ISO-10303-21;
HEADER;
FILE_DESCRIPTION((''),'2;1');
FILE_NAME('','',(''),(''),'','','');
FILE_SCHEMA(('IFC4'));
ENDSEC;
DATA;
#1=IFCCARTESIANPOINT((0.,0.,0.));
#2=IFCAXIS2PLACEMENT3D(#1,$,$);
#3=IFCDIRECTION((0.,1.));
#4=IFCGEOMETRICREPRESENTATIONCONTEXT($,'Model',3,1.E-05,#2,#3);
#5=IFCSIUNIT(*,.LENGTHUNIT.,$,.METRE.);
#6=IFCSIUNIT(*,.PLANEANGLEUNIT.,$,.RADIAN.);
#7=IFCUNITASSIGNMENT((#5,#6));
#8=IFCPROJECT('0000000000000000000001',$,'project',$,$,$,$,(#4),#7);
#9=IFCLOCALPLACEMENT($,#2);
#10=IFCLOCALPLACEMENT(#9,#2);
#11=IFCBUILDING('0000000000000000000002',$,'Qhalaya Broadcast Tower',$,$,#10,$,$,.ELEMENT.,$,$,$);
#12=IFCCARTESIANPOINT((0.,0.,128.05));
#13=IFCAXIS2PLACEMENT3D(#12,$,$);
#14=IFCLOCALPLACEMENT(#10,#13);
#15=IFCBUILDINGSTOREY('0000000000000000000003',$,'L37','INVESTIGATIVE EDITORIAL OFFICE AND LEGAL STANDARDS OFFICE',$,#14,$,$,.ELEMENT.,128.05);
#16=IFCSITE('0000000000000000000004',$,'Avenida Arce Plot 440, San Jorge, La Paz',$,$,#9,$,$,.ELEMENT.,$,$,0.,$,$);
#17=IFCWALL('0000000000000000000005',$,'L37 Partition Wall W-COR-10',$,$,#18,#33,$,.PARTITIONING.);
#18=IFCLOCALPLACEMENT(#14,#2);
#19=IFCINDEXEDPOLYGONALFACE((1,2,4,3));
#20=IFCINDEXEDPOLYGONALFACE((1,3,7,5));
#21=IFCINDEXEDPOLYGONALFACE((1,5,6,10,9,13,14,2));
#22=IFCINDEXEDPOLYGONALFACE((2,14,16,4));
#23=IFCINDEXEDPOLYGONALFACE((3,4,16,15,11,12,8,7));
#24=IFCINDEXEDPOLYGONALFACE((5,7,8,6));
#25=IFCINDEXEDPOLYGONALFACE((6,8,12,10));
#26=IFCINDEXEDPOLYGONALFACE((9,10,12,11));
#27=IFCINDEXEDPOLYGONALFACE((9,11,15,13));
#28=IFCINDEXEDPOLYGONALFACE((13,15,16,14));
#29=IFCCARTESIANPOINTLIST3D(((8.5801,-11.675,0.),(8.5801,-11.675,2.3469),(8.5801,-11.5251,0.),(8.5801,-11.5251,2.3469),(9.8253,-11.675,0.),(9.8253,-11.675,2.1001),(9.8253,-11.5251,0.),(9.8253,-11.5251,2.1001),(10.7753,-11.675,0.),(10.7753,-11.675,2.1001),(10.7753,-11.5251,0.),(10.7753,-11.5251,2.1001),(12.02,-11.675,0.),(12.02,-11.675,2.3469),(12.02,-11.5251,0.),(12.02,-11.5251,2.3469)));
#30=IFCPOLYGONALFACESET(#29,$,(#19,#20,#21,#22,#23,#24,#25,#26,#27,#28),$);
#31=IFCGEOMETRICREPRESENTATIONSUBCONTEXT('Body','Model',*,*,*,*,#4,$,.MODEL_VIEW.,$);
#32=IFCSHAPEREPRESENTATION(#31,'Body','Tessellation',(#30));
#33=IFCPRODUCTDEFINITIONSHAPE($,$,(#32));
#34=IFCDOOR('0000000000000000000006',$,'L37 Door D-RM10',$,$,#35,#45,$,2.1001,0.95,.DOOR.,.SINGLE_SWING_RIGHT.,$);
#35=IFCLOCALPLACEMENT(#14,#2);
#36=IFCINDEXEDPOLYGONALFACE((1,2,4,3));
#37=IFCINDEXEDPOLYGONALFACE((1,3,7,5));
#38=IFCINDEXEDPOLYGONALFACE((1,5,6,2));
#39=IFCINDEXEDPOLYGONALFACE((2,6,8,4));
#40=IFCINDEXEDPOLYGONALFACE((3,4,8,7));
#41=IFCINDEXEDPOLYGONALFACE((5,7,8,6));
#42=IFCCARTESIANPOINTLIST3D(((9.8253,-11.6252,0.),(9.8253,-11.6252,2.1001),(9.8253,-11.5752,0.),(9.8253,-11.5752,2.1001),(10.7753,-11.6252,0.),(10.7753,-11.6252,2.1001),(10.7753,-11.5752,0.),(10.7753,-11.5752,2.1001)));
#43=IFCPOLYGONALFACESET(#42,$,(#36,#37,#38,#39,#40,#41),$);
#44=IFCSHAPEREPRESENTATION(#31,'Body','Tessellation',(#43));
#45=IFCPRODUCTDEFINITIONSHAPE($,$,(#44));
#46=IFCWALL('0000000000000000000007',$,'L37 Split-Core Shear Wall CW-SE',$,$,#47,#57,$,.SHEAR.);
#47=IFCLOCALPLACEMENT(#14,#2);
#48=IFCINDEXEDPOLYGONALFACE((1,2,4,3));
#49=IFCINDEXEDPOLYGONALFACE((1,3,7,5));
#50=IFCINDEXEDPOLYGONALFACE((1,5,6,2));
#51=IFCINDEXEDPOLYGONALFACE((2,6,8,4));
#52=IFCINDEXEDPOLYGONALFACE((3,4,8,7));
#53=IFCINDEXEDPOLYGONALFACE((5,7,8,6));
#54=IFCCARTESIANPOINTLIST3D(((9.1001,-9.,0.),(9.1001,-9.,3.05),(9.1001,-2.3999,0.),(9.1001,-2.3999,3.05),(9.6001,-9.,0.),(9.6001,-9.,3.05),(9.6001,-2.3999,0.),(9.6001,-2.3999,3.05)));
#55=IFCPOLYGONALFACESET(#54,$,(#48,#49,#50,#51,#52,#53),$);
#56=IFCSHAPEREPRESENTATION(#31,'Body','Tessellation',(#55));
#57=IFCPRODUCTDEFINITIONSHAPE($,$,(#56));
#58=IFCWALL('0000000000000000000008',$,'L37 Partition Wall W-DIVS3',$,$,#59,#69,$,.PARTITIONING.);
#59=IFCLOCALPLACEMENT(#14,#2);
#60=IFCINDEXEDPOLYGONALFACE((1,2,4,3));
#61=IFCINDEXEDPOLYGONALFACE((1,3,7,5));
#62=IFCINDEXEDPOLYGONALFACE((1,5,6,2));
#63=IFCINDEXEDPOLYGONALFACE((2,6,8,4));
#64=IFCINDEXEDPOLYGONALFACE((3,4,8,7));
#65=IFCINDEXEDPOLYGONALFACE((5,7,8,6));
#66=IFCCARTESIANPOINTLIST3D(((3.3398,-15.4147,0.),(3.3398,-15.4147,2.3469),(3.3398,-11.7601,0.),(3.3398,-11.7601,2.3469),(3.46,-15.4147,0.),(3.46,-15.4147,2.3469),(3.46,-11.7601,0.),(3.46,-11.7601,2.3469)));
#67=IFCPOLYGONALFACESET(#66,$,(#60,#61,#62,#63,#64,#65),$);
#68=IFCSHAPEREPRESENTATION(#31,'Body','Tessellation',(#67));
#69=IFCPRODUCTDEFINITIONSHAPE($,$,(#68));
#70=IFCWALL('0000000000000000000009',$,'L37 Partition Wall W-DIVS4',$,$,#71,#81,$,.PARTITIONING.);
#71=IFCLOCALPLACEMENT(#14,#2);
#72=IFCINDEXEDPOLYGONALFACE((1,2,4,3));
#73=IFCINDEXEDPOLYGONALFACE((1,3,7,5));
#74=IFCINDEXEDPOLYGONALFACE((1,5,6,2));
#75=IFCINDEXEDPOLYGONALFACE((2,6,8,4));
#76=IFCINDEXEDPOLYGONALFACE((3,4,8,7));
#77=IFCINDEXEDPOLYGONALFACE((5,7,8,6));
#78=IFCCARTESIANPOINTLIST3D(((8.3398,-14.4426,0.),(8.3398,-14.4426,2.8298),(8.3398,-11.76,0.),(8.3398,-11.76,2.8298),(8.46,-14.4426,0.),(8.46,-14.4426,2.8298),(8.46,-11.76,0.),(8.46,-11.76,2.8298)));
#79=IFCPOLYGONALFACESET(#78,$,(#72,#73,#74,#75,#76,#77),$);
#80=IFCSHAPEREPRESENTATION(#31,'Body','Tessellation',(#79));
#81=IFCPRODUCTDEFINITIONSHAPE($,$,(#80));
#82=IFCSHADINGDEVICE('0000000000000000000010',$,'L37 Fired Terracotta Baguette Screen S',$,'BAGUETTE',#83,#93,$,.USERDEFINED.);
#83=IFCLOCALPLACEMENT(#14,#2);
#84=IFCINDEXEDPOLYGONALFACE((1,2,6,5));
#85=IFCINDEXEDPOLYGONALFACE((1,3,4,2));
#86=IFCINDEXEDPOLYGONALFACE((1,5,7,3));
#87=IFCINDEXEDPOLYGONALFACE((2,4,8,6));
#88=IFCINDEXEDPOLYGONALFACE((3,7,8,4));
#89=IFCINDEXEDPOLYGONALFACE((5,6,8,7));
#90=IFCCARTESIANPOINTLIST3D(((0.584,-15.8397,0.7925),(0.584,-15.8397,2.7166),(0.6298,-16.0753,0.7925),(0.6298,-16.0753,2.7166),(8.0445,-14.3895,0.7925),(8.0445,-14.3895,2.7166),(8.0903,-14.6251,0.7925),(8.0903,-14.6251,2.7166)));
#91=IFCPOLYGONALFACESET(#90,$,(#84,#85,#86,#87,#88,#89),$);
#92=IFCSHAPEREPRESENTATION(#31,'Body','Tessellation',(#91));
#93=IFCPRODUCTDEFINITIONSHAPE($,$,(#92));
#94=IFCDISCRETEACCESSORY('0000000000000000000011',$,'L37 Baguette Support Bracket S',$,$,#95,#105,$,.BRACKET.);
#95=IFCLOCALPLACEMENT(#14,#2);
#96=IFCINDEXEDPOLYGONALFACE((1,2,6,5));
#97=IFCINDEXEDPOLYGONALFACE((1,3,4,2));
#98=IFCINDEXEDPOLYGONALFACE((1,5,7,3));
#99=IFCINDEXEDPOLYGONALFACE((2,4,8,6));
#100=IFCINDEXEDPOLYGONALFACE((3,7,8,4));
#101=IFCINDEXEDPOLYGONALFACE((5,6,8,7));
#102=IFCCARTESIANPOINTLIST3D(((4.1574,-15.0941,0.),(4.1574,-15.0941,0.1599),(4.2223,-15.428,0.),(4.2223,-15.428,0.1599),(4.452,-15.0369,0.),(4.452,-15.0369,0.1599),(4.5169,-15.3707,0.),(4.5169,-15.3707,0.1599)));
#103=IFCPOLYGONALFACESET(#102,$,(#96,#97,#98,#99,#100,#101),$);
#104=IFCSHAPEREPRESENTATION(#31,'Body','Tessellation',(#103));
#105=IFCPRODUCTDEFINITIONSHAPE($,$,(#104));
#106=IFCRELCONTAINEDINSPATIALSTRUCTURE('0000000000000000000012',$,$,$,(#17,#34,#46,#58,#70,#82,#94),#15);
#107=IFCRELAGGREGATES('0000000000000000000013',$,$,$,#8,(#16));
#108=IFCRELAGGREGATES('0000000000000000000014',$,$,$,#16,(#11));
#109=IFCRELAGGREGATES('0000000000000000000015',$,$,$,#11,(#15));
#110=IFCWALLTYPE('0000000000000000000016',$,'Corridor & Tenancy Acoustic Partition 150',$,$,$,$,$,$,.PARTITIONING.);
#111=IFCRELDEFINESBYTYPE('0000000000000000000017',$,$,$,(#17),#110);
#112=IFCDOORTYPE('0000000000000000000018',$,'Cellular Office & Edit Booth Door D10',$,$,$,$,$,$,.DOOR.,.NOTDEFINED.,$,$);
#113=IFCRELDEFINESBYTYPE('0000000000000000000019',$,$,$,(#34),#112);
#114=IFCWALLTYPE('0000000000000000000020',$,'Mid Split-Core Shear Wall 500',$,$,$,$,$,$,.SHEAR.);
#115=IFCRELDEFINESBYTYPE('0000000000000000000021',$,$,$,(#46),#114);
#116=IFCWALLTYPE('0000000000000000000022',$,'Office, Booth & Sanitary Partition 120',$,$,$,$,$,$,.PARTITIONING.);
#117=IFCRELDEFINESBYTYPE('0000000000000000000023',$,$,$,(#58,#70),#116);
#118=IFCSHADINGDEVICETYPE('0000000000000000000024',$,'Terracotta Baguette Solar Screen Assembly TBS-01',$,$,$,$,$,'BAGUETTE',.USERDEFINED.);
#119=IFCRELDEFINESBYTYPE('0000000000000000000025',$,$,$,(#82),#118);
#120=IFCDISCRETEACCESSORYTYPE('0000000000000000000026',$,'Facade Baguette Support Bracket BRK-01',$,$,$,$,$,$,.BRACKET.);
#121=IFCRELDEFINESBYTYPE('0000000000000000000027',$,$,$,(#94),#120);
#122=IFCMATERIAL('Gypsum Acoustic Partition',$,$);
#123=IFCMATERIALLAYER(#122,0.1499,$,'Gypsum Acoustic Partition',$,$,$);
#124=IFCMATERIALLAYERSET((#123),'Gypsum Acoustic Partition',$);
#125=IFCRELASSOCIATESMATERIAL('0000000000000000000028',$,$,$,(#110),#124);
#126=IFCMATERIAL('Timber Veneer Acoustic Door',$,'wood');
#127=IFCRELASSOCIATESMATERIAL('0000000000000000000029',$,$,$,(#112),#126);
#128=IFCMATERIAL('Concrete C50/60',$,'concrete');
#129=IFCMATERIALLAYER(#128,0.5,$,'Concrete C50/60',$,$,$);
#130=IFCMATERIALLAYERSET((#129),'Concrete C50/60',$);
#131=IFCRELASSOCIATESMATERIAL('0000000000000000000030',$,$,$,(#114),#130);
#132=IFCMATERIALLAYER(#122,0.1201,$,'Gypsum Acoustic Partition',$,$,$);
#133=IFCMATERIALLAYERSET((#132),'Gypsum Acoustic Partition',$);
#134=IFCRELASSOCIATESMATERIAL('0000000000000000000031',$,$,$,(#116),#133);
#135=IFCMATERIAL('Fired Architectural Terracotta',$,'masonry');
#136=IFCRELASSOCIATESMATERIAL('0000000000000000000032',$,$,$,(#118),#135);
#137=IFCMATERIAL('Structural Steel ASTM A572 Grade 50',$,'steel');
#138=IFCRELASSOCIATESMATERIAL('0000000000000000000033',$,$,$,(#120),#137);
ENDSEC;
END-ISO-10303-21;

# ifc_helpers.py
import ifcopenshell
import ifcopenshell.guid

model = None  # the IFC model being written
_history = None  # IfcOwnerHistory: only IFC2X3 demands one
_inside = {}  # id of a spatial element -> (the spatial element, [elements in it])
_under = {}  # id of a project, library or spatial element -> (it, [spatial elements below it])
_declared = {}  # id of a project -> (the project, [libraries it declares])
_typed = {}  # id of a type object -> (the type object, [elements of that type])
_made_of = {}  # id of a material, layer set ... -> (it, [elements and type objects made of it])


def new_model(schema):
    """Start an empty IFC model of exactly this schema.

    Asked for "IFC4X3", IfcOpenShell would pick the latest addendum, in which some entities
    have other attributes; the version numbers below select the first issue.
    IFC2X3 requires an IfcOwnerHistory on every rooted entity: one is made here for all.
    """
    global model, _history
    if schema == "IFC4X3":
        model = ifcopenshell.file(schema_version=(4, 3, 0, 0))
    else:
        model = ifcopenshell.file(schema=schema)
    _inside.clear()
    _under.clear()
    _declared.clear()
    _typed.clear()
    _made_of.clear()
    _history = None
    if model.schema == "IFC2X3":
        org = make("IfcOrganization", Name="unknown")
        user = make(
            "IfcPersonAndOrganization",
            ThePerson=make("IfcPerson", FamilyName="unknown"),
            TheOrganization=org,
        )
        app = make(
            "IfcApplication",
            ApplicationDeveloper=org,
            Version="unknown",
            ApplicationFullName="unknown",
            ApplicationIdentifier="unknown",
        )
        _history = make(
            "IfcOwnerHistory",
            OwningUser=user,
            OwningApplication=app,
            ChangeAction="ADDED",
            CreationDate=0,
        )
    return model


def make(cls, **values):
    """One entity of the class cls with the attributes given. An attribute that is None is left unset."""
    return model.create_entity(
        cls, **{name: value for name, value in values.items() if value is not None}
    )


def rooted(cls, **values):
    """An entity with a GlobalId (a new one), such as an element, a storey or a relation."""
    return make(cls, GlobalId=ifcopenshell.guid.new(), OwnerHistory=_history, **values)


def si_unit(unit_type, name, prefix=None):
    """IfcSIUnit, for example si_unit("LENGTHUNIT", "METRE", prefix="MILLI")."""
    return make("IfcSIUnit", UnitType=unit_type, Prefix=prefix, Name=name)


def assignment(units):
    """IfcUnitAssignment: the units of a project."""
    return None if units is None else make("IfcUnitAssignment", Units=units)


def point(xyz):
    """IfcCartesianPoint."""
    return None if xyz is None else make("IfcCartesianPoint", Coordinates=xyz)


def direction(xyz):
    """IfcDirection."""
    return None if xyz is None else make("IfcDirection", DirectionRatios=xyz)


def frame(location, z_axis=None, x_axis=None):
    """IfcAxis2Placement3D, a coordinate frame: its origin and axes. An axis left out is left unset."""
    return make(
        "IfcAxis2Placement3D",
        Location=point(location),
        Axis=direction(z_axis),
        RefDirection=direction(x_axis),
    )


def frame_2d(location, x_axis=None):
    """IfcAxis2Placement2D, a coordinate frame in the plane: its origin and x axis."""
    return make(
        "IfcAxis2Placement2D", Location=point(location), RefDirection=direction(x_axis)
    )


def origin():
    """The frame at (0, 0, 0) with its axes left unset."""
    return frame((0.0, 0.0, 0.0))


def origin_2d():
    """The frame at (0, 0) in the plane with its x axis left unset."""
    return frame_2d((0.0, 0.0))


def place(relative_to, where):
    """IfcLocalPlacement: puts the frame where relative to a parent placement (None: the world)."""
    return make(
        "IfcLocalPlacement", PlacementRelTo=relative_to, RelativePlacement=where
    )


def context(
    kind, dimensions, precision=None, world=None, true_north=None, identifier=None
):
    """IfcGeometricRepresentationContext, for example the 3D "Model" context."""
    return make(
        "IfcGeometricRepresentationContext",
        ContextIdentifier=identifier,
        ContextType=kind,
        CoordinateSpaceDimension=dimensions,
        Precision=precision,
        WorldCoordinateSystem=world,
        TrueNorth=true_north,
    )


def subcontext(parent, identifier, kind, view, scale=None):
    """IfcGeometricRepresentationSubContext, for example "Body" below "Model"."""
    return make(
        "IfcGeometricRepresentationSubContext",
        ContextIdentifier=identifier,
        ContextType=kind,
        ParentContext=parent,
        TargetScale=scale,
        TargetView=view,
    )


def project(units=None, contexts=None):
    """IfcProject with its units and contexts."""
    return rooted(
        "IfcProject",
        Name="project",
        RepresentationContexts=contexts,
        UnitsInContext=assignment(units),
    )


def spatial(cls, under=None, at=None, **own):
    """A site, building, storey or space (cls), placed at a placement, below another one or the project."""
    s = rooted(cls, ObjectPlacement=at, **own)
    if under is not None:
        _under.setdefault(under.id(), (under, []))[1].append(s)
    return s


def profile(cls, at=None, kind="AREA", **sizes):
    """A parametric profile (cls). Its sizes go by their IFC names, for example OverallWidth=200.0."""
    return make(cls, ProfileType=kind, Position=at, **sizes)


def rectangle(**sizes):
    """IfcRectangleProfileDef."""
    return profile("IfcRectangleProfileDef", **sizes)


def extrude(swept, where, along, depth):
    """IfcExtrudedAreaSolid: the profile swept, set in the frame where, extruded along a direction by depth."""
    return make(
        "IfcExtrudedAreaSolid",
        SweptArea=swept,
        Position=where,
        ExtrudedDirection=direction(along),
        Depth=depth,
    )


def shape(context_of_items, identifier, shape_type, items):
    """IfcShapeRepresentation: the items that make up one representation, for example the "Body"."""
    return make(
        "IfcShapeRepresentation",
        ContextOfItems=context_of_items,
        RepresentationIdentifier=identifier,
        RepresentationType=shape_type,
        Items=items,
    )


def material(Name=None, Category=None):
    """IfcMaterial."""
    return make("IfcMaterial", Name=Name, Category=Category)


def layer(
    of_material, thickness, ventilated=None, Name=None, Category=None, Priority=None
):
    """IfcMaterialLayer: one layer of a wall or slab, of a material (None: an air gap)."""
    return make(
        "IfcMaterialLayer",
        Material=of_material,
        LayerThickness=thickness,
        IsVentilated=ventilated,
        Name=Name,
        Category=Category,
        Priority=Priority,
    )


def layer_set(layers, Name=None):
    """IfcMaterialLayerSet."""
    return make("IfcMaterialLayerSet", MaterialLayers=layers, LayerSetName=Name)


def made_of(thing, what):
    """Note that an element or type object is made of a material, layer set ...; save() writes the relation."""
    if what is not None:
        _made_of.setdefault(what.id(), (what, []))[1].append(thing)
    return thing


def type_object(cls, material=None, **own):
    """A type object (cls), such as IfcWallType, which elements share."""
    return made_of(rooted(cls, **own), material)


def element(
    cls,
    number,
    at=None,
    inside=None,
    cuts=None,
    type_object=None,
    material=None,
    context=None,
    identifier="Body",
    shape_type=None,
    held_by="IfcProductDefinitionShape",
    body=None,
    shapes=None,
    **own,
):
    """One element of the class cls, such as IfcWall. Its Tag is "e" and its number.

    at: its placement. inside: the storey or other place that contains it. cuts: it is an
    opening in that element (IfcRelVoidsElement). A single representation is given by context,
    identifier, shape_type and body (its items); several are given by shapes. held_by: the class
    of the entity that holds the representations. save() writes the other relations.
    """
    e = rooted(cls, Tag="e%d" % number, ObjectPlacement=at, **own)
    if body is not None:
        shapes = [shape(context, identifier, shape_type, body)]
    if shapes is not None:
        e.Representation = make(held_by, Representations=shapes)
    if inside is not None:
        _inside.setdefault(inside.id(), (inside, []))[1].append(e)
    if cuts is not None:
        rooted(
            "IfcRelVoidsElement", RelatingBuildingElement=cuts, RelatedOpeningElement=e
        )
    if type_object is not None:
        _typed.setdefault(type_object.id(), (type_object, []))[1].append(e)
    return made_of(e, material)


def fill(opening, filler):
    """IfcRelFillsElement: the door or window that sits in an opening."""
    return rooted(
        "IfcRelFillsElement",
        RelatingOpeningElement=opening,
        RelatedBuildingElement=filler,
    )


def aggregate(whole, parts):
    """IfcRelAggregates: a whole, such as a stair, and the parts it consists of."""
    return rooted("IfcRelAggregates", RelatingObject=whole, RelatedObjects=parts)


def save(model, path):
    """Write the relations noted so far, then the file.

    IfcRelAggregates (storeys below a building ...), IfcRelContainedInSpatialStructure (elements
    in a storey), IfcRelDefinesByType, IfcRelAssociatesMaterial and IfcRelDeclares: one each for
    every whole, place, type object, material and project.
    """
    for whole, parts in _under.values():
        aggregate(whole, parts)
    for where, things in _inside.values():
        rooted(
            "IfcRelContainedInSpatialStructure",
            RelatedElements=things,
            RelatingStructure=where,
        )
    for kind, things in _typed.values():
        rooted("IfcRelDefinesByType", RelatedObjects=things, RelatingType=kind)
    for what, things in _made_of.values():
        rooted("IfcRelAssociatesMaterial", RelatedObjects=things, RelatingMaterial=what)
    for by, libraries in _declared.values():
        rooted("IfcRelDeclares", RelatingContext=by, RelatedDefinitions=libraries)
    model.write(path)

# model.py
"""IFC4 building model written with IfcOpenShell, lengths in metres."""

from ifc_helpers import new_model, si_unit, direction, frame, frame_2d, origin, origin_2d, place, context, subcontext, project, spatial, rectangle, extrude, material, layer, layer_set, type_object, element, fill, save


model = new_model("IFC4")

# Units and contexts
model_context = context("Model", 3, precision=1e-05, world=origin(), true_north=direction((0.0, 1.0)))
body_context = subcontext(model_context, "Body", "Model", "MODEL_VIEW")
ifc_project = project(units=[si_unit("LENGTHUNIT", "METRE"), si_unit("PLANEANGLEUNIT", "RADIAN")], contexts=[model_context])

# Site, building, storey
site_placement = place(None, origin())
site = spatial("IfcSite", under=ifc_project, at=site_placement, Name="Avenida Arce Plot 440, San Jorge, La Paz", CompositionType="ELEMENT", RefElevation=0.0)
building_placement = place(site_placement, origin())
building = spatial("IfcBuilding", under=site, at=building_placement, Name="Qhalaya Broadcast Tower", CompositionType="ELEMENT")
storey_placement = place(building_placement, frame((0.0, 0.0, 128.05)))
storey = spatial("IfcBuildingStorey", under=building, at=storey_placement, Name="L37", Description="INVESTIGATIVE EDITORIAL OFFICE AND LEGAL STANDARDS OFFICE", CompositionType="ELEMENT", Elevation=128.05)

# Wall, opening, door
ifc_material_1 = material(Name="Gypsum Acoustic Partition")
ifc_layer_1 = layer(ifc_material_1, 0.1499, Name="Gypsum Acoustic Partition")
ifc_layer_set_1 = layer_set([ifc_layer_1], Name="Gypsum Acoustic Partition")
wall_type_1 = type_object("IfcWallType", Name="Corridor & Tenancy Acoustic Partition 150", PredefinedType="PARTITIONING", material=ifc_layer_set_1)
ifc_material_2 = material(Name="Timber Veneer Acoustic Door", Category="wood")
door_type = type_object("IfcDoorType", Name="Cellular Office & Edit Booth Door D10", OperationType="NOTDEFINED", PredefinedType="DOOR", material=ifc_material_2)
wall_1_placement = place(storey_placement, frame((8.5801, -11.6001, 0.0), z_axis=(0.0, 0.0, 1.0), x_axis=(1.0, 0.0, 0.0)))
wall_1 = element("IfcWall", 1, at=wall_1_placement, inside=storey, type_object=wall_type_1, Name="L37 Partition Wall W-COR-10", PredefinedType="PARTITIONING", context=body_context, shape_type="SweptSolid", body=[
    extrude(rectangle(XDim=3.4399, YDim=0.1499, at=frame_2d((1.72, 0.0))), origin(), (0.0, 0.0, 1.0), 2.3469),
])
opening_1_placement = place(wall_1_placement, frame((1.2451, 0.0, 0.0)))
opening_1 = element("IfcOpeningElement", 2, at=opening_1_placement, cuts=wall_1, PredefinedType="OPENING", context=body_context, shape_type="SweptSolid", body=[
    extrude(rectangle(XDim=0.95, YDim=2.1001, at=frame_2d((0.4751, 1.05))), frame((0.0, 0.0869, 0.0), z_axis=(0.0, -1.0, 0.0), x_axis=(1.0, 0.0, 0.0)), (0.0, 0.0, 1.0), 0.1738),
])
door_1_placement = place(opening_1_placement, origin())
door_1 = element("IfcDoor", 3, at=door_1_placement, inside=storey, type_object=door_type, Name="L37 Door D-RM10", OperationType="SINGLE_SWING_RIGHT", OverallHeight=2.1001, OverallWidth=0.95, PredefinedType="DOOR", context=body_context, shape_type="SweptSolid", body=[
    extrude(rectangle(XDim=0.95, YDim=2.1001, at=frame_2d((0.4751, 1.05))), frame((0.0, 0.0249, 0.0), z_axis=(0.0, -1.0, 0.0), x_axis=(1.0, 0.0, 0.0)), (0.0, 0.0, 1.0), 0.05),
])
fill(opening_1, door_1)

# Walls
ifc_material_3 = material(Name="Concrete C50/60", Category="concrete")
ifc_layer_2 = layer(ifc_material_3, 0.5, Name="Concrete C50/60")
ifc_layer_set_2 = layer_set([ifc_layer_2], Name="Concrete C50/60")
wall_type_2 = type_object("IfcWallType", Name="Mid Split-Core Shear Wall 500", PredefinedType="SHEAR", material=ifc_layer_set_2)
wall_2_placement = place(storey_placement, frame((9.3501, -9.0, 0.0), z_axis=(0.0, 0.0, 1.0), x_axis=(0.0, 1.0, 0.0)))
element("IfcWall", 4, at=wall_2_placement, inside=storey, type_object=wall_type_2, Name="L37 Split-Core Shear Wall CW-SE", PredefinedType="SHEAR", context=body_context, shape_type="SweptSolid", body=[
    extrude(rectangle(XDim=6.6001, YDim=0.5, at=frame_2d((3.3, 0.0))), origin(), (0.0, 0.0, 1.0), 3.05),
])
ifc_layer_3 = layer(ifc_material_1, 0.1201, Name="Gypsum Acoustic Partition")
ifc_layer_set_3 = layer_set([ifc_layer_3], Name="Gypsum Acoustic Partition")
wall_type_3 = type_object("IfcWallType", Name="Office, Booth & Sanitary Partition 120", PredefinedType="PARTITIONING", material=ifc_layer_set_3)
wall_3_placement = place(storey_placement, frame((3.3999, -15.4146, 0.0), z_axis=(0.0, 0.0, 1.0), x_axis=(0.0, 1.0, 0.0)))
element("IfcWall", 5, at=wall_3_placement, inside=storey, type_object=wall_type_3, Name="L37 Partition Wall W-DIVS3", PredefinedType="PARTITIONING", context=body_context, shape_type="SweptSolid", body=[
    extrude(rectangle(XDim=3.6545, YDim=0.1201, at=frame_2d((1.8271, 0.0))), origin(), (0.0, 0.0, 1.0), 2.3469),
])
wall_4_placement = place(storey_placement, frame((8.3999, -14.4426, 0.0), z_axis=(0.0, 0.0, 1.0), x_axis=(0.0, 1.0, 0.0)))
element("IfcWall", 6, at=wall_4_placement, inside=storey, type_object=wall_type_3, Name="L37 Partition Wall W-DIVS4", PredefinedType="PARTITIONING", context=body_context, shape_type="SweptSolid", body=[
    extrude(rectangle(XDim=2.6826, YDim=0.1201, at=frame_2d((1.3413, 0.0))), origin(), (0.0, 0.0, 1.0), 2.8298),
])

# Shading device
ifc_material_4 = material(Name="Fired Architectural Terracotta", Category="masonry")
shading_device_type = type_object("IfcShadingDeviceType", Name="Terracotta Baguette Solar Screen Assembly TBS-01", ElementType="BAGUETTE", PredefinedType="USERDEFINED", material=ifc_material_4)
shading_device_placement = place(storey_placement, frame((4.3372, -15.2324, 0.7925), z_axis=(0.0, 0.0, 1.0), x_axis=(0.981627, 0.190809, 0.0)))
element("IfcShadingDevice", 7, at=shading_device_placement, inside=storey, type_object=shading_device_type, Name="L37 Fired Terracotta Baguette Screen S", ObjectType="BAGUETTE", PredefinedType="USERDEFINED", context=body_context, shape_type="SweptSolid", body=[
    extrude(rectangle(XDim=7.6001, YDim=0.24, at=origin_2d()), origin(), (0.0, 0.0, 1.0), 1.9241),
])

# Discrete accessory
ifc_material_5 = material(Name="Structural Steel ASTM A572 Grade 50", Category="steel")
discrete_accessory_type = type_object("IfcDiscreteAccessoryType", Name="Facade Baguette Support Bracket BRK-01", PredefinedType="BRACKET", material=ifc_material_5)
discrete_accessory_placement = place(storey_placement, frame((4.3372, -15.2324, 0.0), z_axis=(0.0, 0.0, 1.0), x_axis=(0.981627, 0.190809, 0.0)))
element("IfcDiscreteAccessory", 8, at=discrete_accessory_placement, inside=storey, type_object=discrete_accessory_type, Name="L37 Baguette Support Bracket S", PredefinedType="BRACKET", context=body_context, shape_type="SweptSolid", body=[
    extrude(rectangle(XDim=0.3, YDim=0.3401, at=origin_2d()), origin(), (0.0, 0.0, 1.0), 0.1599),
])

save(model, "model.ifc")
